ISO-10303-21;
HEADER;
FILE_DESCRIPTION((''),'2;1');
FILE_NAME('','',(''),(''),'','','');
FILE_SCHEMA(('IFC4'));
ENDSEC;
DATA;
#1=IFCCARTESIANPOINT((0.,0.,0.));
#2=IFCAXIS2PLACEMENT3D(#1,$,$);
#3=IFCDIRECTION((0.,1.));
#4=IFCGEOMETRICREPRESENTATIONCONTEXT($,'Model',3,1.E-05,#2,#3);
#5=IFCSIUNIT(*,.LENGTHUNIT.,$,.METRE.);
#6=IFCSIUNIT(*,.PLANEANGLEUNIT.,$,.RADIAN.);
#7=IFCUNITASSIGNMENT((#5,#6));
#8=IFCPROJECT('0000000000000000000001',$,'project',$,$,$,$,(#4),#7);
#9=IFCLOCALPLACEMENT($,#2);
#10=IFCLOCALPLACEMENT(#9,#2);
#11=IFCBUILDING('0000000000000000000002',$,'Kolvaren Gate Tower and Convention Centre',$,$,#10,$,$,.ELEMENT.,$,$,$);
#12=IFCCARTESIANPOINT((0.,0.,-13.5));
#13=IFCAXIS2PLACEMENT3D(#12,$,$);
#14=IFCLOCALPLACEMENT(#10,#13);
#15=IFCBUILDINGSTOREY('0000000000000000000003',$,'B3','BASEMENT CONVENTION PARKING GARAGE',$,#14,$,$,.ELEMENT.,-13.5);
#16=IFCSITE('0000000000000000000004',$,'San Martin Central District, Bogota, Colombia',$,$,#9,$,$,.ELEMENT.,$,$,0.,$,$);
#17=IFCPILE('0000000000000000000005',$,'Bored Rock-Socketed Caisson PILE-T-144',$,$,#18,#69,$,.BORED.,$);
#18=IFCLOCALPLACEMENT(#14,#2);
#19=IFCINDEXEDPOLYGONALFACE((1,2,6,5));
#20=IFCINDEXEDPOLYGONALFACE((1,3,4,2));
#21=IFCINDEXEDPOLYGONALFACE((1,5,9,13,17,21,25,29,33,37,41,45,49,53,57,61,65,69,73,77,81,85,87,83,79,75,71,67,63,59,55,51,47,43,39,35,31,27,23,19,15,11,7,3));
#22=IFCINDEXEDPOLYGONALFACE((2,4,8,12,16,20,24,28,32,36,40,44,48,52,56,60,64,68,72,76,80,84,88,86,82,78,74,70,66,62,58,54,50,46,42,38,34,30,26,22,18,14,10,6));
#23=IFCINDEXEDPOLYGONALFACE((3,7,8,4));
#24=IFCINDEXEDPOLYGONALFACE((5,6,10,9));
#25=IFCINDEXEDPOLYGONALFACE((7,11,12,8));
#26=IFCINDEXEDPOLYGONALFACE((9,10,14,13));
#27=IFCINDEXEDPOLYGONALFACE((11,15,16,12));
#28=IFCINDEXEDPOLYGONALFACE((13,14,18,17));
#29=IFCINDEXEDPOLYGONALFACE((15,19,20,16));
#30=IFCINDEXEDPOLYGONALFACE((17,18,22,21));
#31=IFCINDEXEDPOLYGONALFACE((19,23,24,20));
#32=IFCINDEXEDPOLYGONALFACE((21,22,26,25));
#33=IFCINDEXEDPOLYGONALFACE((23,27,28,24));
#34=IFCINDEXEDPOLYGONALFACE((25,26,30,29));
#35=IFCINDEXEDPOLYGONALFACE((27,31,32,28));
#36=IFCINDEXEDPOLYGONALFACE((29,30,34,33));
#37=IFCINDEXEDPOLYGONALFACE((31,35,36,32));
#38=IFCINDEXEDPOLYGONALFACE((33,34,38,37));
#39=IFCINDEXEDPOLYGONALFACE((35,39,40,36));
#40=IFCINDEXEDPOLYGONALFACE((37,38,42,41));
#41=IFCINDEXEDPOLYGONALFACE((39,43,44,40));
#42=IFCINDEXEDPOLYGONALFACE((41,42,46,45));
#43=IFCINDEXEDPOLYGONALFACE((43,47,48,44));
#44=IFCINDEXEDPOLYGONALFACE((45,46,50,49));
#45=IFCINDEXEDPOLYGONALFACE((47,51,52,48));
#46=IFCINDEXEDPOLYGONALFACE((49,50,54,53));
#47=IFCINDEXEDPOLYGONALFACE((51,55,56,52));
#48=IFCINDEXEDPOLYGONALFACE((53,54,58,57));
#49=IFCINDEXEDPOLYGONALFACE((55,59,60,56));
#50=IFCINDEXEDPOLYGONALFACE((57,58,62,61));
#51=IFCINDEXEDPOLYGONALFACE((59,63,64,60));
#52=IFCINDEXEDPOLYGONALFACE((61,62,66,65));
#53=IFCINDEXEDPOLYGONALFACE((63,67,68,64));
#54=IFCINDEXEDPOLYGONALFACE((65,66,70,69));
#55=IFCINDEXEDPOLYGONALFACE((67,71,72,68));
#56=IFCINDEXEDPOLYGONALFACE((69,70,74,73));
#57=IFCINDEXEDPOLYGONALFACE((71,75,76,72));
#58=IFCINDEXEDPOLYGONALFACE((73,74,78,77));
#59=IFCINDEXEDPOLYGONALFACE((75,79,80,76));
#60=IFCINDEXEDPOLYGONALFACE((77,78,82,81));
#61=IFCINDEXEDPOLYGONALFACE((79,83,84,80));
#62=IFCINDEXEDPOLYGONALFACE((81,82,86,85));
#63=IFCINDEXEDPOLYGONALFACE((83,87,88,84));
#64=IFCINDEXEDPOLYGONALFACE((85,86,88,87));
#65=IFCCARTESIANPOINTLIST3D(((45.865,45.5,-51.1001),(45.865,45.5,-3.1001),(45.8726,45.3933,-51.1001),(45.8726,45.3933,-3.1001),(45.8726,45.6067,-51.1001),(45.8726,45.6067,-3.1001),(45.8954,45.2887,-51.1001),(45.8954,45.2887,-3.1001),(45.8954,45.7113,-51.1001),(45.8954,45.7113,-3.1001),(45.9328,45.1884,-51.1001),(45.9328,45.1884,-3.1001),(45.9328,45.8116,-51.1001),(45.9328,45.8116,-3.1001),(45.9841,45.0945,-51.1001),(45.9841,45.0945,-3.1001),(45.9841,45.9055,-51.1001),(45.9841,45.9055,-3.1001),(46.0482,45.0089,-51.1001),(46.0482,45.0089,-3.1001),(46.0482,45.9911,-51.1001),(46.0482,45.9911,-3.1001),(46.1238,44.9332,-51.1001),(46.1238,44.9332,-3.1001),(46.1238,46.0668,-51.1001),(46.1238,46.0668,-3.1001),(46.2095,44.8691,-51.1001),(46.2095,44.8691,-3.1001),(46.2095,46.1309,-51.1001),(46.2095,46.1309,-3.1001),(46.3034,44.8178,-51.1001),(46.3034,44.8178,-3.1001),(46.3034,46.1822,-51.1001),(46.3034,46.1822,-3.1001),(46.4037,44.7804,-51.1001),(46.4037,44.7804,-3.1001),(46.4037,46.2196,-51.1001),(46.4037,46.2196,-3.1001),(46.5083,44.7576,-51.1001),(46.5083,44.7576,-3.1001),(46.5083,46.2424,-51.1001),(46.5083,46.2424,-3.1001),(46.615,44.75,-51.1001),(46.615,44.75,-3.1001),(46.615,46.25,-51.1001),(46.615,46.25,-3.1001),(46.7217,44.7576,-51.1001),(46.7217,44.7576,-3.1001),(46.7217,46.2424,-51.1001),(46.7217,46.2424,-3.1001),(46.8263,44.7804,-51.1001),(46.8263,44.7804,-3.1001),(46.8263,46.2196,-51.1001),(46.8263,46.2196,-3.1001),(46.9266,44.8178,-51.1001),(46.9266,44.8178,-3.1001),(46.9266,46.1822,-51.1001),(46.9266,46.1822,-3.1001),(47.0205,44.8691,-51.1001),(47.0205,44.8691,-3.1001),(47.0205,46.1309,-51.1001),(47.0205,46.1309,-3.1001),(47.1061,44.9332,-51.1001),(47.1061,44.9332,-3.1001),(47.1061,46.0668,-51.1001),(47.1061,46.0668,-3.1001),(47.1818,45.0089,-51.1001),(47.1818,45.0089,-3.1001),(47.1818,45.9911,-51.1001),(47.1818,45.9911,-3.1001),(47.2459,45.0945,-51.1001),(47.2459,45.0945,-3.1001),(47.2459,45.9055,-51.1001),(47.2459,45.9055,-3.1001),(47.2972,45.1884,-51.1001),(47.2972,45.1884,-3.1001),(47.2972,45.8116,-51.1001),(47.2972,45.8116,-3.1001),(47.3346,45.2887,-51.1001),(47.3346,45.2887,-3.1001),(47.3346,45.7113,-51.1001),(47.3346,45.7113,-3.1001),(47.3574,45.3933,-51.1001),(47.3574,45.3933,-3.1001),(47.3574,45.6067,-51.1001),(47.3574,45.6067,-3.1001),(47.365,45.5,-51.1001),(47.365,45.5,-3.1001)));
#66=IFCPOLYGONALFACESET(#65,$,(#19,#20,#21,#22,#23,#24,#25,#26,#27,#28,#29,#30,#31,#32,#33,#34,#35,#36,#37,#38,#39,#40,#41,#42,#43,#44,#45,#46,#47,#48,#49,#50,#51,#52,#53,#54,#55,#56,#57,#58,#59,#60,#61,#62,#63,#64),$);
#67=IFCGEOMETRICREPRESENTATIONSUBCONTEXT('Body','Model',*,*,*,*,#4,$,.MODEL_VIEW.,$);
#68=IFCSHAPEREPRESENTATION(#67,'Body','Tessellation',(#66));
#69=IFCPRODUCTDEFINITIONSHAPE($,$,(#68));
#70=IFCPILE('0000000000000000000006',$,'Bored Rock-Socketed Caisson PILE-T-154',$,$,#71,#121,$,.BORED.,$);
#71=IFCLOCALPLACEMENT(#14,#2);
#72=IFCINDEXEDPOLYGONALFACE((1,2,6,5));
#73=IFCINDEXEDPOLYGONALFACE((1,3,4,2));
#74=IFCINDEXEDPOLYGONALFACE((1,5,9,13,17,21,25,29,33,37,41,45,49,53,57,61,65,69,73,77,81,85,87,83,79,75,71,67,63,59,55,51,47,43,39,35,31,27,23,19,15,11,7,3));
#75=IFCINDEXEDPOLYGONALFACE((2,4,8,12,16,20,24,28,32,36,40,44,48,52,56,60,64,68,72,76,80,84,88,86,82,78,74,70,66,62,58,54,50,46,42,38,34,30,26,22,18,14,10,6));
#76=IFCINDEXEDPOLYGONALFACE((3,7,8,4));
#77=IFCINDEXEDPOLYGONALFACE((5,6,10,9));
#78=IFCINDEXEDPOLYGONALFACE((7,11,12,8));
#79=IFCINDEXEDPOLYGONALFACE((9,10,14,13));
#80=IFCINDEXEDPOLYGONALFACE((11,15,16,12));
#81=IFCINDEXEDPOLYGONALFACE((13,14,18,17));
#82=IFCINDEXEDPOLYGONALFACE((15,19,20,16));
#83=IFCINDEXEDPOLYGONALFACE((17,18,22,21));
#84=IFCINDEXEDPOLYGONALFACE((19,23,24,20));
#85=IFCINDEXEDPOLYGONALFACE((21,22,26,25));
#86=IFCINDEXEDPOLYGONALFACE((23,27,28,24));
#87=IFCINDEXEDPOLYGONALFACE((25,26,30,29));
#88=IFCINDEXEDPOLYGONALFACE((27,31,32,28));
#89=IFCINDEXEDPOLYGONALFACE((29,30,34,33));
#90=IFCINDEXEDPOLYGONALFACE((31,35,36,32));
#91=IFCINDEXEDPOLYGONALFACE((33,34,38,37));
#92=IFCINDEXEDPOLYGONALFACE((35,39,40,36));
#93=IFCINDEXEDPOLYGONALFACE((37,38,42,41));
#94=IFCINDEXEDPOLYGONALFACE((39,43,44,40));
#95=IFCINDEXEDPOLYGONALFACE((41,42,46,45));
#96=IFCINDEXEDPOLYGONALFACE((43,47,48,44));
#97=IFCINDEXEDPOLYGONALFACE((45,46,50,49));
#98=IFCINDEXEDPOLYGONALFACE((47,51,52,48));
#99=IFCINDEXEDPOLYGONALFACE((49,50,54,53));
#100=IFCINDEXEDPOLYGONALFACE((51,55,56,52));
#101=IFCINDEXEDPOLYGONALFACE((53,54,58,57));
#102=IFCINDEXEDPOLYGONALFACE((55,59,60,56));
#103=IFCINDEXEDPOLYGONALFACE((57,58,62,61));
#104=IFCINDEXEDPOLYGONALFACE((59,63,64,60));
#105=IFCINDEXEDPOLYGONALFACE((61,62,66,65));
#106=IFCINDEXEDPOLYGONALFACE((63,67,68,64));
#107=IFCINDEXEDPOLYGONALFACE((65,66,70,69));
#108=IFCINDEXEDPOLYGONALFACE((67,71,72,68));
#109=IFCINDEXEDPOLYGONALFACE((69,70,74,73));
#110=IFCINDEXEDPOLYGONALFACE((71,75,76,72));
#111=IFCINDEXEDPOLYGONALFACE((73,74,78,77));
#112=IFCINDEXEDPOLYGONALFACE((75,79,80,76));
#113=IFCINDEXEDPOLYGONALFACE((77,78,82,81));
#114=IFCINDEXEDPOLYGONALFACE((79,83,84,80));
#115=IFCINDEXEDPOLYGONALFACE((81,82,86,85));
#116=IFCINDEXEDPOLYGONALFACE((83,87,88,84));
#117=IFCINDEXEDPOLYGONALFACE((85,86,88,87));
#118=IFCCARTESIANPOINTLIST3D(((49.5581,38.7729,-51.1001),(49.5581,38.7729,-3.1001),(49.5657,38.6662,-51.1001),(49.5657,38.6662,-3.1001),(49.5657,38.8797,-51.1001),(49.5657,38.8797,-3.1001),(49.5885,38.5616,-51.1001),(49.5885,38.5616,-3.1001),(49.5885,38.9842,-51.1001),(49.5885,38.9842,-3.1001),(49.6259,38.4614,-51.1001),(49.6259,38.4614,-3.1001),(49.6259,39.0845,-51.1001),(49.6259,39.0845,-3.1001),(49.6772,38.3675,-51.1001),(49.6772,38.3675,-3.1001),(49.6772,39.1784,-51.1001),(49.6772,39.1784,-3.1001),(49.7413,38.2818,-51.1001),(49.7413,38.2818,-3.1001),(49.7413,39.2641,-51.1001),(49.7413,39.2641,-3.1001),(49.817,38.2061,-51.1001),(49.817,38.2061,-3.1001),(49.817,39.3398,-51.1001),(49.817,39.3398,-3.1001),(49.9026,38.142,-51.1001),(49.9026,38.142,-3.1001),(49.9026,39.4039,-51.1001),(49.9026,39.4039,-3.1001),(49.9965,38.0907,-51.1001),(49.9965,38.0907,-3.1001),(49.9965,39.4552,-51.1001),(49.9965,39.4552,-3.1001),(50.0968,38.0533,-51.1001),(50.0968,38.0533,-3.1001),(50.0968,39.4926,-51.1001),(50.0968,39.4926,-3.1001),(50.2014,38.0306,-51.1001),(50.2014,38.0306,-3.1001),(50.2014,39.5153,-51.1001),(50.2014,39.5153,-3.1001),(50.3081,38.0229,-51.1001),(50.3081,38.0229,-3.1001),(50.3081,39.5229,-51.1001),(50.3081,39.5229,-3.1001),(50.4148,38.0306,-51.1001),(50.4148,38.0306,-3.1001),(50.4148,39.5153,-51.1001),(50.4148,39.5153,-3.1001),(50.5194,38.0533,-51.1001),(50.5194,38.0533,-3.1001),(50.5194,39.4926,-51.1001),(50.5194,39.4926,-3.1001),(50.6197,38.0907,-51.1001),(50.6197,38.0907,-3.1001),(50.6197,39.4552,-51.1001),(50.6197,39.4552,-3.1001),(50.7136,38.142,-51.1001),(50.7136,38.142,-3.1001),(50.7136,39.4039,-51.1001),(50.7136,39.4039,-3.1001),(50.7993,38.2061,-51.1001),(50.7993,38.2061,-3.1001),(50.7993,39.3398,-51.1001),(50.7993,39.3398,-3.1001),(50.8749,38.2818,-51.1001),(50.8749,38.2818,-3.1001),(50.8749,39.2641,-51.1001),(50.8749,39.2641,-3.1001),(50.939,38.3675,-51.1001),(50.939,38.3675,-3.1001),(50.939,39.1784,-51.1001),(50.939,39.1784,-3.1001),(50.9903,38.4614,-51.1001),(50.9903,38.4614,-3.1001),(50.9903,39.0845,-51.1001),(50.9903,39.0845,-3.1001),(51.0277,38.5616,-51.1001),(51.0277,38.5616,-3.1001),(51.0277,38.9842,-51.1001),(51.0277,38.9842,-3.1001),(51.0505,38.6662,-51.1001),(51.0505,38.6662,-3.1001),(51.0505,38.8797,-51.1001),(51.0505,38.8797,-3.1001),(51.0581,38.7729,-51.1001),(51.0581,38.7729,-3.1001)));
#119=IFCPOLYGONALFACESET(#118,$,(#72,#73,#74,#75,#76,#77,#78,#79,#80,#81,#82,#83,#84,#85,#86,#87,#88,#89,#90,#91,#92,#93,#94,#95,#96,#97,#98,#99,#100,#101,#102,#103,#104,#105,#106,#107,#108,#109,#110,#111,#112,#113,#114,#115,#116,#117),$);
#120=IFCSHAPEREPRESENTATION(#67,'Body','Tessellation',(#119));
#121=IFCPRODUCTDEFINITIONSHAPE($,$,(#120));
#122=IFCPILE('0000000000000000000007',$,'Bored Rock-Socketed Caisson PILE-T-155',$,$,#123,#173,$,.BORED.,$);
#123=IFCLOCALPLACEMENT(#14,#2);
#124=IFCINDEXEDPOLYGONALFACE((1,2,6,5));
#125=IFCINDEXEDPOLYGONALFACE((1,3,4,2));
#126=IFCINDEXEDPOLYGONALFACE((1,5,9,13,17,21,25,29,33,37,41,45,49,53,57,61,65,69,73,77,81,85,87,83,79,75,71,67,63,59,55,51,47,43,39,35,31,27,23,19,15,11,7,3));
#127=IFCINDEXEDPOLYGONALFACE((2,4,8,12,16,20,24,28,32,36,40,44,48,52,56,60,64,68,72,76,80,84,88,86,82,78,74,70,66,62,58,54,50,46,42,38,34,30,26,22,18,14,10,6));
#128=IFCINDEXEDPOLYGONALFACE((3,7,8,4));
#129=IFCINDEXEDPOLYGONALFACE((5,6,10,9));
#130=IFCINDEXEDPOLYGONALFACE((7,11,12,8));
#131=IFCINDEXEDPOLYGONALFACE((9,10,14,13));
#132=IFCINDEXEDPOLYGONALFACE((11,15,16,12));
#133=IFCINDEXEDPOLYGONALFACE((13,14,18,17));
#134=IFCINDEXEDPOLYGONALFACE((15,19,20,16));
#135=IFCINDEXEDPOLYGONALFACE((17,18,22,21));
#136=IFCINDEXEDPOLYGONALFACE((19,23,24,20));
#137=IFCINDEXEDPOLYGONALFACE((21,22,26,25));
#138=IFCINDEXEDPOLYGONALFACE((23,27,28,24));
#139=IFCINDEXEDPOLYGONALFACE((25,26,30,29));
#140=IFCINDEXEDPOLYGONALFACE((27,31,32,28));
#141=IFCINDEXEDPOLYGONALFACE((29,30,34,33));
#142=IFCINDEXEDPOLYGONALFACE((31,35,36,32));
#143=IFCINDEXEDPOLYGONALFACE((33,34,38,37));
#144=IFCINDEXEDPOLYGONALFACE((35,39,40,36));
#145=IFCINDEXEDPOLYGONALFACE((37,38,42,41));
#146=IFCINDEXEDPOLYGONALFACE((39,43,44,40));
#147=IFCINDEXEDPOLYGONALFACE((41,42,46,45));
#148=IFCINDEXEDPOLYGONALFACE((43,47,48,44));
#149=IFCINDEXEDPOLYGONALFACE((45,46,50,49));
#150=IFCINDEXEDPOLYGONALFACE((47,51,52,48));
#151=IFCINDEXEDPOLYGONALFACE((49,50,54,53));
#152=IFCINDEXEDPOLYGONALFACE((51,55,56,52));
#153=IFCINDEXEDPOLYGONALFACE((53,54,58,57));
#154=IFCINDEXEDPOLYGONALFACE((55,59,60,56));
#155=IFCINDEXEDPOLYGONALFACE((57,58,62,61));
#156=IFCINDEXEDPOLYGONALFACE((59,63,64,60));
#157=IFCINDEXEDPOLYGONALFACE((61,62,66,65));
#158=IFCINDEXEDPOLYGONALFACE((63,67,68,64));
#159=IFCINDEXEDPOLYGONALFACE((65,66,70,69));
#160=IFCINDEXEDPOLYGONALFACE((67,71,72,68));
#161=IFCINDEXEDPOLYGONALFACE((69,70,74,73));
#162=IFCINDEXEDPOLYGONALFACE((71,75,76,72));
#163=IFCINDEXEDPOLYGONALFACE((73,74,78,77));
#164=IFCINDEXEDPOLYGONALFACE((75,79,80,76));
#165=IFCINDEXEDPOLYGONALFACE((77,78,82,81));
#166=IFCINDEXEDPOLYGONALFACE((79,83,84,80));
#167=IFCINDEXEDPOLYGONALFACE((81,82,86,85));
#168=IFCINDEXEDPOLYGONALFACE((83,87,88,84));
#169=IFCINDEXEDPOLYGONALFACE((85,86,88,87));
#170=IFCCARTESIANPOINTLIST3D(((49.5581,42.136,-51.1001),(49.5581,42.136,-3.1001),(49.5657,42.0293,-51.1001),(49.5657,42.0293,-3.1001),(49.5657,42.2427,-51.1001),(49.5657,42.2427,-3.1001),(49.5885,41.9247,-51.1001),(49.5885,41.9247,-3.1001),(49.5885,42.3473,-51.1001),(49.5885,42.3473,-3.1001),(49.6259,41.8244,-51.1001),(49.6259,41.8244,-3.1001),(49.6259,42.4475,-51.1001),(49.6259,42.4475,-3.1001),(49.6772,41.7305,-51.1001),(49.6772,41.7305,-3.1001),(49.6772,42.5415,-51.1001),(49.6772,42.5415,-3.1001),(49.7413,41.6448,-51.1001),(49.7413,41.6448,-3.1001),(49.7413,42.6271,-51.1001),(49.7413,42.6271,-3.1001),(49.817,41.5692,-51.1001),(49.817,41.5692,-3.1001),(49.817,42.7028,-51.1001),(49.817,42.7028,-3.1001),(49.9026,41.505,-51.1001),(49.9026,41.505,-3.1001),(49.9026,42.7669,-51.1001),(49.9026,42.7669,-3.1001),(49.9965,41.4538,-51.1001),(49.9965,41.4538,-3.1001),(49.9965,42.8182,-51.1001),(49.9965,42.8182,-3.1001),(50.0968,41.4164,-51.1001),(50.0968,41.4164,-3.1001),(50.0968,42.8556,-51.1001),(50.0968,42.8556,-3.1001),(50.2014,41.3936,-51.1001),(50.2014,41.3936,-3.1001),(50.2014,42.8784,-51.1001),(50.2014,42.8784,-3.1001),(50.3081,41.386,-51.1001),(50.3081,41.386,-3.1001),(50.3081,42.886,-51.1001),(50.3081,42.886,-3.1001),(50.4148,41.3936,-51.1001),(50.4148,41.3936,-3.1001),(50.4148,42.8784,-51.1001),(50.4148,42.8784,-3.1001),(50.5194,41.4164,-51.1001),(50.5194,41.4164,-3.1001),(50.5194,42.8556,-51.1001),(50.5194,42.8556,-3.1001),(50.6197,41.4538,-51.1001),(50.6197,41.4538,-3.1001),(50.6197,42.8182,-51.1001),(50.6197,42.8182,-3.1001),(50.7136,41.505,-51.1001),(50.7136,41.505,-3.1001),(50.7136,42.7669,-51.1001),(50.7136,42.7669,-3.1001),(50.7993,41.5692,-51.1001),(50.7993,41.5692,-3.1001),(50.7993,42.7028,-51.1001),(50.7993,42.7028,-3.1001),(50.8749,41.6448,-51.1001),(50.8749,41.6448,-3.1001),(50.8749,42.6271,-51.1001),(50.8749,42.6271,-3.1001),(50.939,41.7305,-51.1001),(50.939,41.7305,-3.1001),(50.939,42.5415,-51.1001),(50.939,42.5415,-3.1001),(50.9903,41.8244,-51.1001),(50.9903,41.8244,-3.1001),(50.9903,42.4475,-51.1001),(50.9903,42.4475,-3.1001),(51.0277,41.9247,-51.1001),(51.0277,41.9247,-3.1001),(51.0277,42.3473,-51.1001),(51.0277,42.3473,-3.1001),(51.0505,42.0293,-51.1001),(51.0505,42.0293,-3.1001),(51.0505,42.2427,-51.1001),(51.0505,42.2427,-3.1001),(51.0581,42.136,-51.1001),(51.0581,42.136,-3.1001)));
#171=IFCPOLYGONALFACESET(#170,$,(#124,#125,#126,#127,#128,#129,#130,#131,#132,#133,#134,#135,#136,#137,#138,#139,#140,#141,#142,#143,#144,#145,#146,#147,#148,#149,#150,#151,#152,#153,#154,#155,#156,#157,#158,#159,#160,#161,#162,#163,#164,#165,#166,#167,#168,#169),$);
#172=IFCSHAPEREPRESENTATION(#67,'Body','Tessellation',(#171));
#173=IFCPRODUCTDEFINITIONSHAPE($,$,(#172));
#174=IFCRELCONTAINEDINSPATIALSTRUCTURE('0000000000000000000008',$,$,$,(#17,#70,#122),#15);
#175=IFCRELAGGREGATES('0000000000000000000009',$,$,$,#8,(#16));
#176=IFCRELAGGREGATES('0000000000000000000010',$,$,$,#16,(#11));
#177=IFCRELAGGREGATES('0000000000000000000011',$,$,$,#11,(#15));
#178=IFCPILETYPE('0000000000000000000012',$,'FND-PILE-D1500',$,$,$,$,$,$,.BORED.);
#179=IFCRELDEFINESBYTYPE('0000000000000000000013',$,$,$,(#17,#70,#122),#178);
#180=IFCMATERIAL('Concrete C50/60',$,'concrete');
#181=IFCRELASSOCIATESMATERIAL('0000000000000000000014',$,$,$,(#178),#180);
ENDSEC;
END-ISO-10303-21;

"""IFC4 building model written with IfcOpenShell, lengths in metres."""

from ifc_helpers import new_model, si_unit, direction, frame, origin, origin_2d, place, context, subcontext, project, spatial, circle, extrude, material, material_profile, profile_set, type_object, element, save


model = new_model("IFC4")

# Units and contexts
model_context = context("Model", 3, precision=1e-05, world=origin(), true_north=direction((0.0, 1.0)))
body_context = subcontext(model_context, "Body", "Model", "MODEL_VIEW")
ifc_project = project(units=[si_unit("LENGTHUNIT", "METRE"), si_unit("PLANEANGLEUNIT", "RADIAN")], contexts=[model_context])

# Site, building, storey
site_placement = place(None, origin())
site = spatial("IfcSite", under=ifc_project, at=site_placement, Name="San Martin Central District, Bogota, Colombia", CompositionType="ELEMENT", RefElevation=0.0)
building_placement = place(site_placement, origin())
building = spatial("IfcBuilding", under=site, at=building_placement, Name="Kolvaren Gate Tower and Convention Centre", CompositionType="ELEMENT")
storey_placement = place(building_placement, frame((0.0, 0.0, -13.5)))
storey = spatial("IfcBuildingStorey", under=building, at=storey_placement, Name="B3", Description="BASEMENT CONVENTION PARKING GARAGE", CompositionType="ELEMENT", Elevation=-13.5)

# Shared definitions
ifc_material_1 = material(Name="Concrete C50/60", Category="concrete")

# Piles
ifc_material_profile_1 = material_profile(ifc_material_1, circle(Radius=0.75, at=origin_2d()), Name="CAISSON-D1500")
ifc_profile_set_1 = profile_set([ifc_material_profile_1], Name="Concrete C50/60")
pile_type = type_object("IfcPileType", Name="FND-PILE-D1500", PredefinedType="BORED", material=ifc_profile_set_1)
for number, where, z_axis, x_axis, name in (
    (1, (46.615, 45.5, -3.1001), (0.0, 0.0, -1.0), (1.0, 0.0, 0.0), "Bored Rock-Socketed Caisson PILE-T-144"),
    (2, (50.3081, 38.7729, -3.1001), (0.0, 0.0, -1.0), (1.0, 0.0, 0.0), "Bored Rock-Socketed Caisson PILE-T-154"),
    (3, (50.3081, 42.136, -3.1001), (0.0, 0.0, -1.0), (1.0, 0.0, 0.0), "Bored Rock-Socketed Caisson PILE-T-155"),
):
    element("IfcPile", number, at=place(storey_placement, frame(where, z_axis=z_axis, x_axis=x_axis)), inside=storey, type_object=pile_type, Name=name, PredefinedType="BORED", context=body_context, shape_type="SweptSolid", body=[
        extrude(circle(Radius=0.75, at=origin_2d()), origin(), (0.0, 0.0, 1.0), 48.0),
    ])

save(model, "model.ifc")
